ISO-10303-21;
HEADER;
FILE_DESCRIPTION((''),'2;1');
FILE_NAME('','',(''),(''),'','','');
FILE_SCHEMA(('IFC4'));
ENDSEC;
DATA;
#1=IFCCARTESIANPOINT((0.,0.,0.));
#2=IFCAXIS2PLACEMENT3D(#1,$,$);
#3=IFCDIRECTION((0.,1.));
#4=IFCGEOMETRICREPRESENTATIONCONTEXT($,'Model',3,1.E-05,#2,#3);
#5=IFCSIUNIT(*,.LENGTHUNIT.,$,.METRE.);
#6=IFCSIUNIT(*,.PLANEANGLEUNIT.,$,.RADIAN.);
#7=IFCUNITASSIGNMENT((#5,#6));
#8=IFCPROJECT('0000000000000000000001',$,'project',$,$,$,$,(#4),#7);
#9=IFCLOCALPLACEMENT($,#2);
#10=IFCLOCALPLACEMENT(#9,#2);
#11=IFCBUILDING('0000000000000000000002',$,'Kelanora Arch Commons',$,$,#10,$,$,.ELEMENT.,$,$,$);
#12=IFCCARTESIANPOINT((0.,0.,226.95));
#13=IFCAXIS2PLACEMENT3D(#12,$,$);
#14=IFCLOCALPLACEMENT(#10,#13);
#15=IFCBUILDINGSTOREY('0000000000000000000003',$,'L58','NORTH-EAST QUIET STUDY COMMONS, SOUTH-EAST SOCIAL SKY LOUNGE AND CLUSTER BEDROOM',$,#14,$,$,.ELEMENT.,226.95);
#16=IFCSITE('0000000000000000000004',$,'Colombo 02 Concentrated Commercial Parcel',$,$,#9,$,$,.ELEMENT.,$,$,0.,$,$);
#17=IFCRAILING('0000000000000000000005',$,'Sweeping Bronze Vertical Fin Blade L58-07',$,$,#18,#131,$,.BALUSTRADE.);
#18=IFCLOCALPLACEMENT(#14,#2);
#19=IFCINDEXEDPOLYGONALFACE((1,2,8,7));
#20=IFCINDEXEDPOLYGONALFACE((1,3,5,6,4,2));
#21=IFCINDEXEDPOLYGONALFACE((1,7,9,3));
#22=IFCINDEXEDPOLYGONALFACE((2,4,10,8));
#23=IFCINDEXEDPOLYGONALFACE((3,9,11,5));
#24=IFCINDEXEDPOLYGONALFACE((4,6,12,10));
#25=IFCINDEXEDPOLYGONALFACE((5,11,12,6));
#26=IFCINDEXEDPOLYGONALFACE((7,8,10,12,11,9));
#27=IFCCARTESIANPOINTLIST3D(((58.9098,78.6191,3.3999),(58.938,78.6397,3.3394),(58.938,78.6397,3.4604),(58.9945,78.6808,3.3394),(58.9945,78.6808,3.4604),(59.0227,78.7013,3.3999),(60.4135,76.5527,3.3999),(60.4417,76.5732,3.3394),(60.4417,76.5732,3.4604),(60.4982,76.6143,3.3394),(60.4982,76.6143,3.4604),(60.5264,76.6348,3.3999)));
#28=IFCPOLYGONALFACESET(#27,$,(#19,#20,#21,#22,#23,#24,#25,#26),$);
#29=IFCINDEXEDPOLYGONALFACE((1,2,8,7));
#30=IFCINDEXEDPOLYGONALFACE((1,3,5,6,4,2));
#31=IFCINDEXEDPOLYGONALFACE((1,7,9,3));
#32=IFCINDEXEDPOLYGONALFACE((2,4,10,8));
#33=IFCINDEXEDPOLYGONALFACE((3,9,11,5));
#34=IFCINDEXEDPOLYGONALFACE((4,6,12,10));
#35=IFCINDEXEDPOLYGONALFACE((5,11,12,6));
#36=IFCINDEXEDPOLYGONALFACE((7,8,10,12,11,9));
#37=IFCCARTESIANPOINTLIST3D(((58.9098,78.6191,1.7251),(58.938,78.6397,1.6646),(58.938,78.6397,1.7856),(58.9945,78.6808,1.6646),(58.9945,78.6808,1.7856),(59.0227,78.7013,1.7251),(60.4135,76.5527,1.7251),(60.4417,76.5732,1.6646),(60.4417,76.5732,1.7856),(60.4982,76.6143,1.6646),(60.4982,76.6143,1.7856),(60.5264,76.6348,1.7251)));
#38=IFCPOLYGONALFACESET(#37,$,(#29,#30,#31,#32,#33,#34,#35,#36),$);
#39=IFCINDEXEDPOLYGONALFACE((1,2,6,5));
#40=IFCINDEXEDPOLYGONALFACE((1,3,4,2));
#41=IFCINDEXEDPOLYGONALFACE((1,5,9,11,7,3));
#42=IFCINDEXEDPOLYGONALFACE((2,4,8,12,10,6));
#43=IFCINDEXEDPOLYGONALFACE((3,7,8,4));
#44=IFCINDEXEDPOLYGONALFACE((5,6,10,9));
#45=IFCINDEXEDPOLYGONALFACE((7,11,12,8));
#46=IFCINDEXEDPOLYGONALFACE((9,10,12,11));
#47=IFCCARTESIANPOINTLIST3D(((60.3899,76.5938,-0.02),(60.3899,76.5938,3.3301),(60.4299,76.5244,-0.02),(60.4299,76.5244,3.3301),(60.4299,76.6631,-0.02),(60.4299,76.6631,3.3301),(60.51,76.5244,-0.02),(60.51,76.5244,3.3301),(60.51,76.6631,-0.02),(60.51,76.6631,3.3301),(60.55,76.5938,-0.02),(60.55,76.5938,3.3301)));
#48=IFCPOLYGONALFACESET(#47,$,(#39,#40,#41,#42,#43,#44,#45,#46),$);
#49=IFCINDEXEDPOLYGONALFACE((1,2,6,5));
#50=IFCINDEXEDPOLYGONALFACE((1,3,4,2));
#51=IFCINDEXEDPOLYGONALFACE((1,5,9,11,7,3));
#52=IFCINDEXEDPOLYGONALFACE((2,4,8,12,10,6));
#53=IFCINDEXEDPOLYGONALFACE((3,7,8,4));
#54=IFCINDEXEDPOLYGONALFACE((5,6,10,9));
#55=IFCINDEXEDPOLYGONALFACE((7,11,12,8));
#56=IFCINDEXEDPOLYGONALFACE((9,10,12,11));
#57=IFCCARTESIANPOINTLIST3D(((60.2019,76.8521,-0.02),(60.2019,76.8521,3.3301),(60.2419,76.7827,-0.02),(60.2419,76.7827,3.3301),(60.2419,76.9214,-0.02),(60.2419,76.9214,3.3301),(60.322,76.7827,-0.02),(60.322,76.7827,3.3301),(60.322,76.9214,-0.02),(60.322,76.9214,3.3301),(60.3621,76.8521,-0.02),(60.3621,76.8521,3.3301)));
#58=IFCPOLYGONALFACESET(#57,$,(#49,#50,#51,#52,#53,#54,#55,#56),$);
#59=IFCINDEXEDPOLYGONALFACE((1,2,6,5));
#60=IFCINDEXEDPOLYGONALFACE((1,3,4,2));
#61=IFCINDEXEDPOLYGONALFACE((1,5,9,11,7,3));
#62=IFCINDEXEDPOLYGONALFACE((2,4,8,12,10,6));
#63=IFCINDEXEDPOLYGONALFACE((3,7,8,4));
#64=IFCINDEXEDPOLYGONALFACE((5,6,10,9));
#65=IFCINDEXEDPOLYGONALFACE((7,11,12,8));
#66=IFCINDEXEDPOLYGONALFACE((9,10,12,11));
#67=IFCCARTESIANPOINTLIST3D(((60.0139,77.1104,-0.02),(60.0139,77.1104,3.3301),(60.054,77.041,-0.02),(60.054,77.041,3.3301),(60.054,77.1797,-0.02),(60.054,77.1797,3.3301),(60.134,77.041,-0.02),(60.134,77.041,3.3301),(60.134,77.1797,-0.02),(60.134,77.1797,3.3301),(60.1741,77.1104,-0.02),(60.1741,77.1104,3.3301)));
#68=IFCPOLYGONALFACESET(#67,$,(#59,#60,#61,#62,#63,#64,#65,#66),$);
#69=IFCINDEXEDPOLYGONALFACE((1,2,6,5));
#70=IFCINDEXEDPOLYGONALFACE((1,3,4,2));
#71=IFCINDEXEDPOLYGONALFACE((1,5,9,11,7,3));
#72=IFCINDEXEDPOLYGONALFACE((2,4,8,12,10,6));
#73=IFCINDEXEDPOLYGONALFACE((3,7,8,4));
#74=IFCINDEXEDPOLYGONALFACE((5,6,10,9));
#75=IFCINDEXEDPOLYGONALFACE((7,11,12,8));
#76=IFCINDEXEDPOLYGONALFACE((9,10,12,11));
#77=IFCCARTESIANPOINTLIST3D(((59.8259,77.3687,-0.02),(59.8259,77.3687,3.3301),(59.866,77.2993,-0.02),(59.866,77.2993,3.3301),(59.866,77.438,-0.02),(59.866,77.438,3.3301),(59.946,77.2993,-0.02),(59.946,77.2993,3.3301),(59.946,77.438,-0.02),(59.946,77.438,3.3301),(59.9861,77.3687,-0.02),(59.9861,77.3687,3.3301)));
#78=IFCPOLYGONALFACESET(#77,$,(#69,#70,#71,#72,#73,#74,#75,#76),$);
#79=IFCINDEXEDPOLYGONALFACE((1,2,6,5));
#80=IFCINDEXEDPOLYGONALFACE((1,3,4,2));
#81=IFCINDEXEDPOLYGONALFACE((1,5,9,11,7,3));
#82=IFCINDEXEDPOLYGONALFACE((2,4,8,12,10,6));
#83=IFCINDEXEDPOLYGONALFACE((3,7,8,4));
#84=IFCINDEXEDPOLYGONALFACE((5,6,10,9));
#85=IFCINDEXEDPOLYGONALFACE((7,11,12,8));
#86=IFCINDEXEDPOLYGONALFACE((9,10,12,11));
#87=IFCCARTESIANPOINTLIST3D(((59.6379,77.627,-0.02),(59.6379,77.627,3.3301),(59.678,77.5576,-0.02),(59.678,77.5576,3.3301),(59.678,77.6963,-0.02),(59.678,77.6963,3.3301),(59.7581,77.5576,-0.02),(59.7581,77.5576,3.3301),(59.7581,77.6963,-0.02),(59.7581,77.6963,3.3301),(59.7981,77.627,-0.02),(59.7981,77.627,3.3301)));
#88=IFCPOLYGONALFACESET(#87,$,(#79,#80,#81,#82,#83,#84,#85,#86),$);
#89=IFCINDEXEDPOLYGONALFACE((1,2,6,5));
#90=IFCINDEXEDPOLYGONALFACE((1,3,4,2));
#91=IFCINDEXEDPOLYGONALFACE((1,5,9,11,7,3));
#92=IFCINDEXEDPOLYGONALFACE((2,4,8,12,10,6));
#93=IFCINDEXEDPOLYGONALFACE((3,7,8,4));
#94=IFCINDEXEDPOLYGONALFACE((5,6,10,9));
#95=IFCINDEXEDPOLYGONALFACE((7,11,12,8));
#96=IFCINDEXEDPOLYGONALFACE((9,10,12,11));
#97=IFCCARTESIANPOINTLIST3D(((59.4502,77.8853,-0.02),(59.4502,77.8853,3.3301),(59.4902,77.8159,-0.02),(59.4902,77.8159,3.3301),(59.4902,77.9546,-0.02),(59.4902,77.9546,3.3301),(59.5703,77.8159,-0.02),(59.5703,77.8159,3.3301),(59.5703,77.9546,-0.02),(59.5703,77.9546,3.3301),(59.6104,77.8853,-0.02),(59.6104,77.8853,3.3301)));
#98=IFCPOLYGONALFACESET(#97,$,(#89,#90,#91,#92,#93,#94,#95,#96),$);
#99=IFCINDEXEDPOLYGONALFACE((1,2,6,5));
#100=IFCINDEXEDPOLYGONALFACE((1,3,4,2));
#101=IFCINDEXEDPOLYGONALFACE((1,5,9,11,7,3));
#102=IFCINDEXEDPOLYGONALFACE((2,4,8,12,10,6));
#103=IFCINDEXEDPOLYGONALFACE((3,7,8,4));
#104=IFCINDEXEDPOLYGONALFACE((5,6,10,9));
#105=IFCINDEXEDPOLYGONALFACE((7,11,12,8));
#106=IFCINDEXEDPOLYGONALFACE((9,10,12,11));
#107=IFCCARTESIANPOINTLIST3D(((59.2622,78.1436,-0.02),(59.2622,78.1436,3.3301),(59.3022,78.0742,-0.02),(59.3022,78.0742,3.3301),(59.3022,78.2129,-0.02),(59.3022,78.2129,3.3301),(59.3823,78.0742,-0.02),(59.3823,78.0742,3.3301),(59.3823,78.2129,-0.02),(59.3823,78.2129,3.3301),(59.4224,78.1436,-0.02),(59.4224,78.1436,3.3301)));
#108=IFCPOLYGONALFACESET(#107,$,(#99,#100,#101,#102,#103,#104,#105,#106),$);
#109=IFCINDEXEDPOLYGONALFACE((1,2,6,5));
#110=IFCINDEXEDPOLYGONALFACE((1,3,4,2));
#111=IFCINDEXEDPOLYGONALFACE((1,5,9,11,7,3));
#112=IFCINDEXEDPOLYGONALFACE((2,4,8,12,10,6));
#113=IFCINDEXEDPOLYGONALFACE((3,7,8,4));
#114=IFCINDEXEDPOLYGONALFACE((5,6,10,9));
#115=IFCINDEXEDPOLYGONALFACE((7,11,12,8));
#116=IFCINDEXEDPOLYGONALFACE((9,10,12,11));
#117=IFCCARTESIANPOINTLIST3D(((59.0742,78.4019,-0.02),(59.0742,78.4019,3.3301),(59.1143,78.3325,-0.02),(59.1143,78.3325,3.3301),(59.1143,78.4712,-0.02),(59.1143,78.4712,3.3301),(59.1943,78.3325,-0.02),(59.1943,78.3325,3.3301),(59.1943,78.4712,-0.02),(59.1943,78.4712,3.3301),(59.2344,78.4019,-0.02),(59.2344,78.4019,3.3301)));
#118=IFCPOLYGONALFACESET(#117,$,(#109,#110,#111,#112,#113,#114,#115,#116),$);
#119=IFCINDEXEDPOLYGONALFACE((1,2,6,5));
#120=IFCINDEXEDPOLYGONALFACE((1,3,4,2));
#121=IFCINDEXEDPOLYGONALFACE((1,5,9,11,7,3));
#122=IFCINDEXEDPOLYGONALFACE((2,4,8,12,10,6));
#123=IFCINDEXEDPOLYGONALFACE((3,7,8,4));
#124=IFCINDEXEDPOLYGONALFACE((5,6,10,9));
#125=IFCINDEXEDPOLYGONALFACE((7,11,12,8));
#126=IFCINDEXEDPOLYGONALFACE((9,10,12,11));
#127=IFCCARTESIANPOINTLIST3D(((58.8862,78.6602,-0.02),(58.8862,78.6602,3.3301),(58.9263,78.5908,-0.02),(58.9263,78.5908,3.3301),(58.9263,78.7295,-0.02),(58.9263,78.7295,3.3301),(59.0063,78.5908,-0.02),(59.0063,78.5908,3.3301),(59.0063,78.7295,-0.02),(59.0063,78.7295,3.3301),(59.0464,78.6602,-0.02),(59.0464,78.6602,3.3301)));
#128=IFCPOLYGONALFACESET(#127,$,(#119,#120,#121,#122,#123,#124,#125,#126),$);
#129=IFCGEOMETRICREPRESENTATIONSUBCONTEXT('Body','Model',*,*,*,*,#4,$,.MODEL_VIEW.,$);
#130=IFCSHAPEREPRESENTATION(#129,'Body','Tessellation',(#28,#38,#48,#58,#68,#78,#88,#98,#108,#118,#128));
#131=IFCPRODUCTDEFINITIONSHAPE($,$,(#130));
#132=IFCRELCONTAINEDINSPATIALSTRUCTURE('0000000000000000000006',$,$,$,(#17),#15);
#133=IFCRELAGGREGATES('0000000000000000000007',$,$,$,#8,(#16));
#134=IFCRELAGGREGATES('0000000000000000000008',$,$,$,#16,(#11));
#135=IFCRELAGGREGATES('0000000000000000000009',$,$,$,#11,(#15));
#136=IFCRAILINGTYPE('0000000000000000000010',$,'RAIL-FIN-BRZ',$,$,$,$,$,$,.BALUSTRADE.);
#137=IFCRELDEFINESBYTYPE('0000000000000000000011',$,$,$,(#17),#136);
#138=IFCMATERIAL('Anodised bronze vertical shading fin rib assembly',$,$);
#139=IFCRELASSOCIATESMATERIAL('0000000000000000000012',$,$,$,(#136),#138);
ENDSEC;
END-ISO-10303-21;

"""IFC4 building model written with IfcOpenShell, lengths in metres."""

from ifc_helpers import new_model, si_unit, direction, frame, origin, place, context, subcontext, project, spatial, polyline, outline, extrude, material, type_object, element, save


model = new_model("IFC4")

# Units and contexts
model_context = context("Model", 3, precision=1e-05, world=origin(), true_north=direction((0.0, 1.0)))
body_context = subcontext(model_context, "Body", "Model", "MODEL_VIEW")
ifc_project = project(units=[si_unit("LENGTHUNIT", "METRE"), si_unit("PLANEANGLEUNIT", "RADIAN")], contexts=[model_context])

# Site, building, storey
site_placement = place(None, origin())
site = spatial("IfcSite", under=ifc_project, at=site_placement, Name="Colombo 02 Concentrated Commercial Parcel", CompositionType="ELEMENT", RefElevation=0.0)
building_placement = place(site_placement, origin())
building = spatial("IfcBuilding", under=site, at=building_placement, Name="Kelanora Arch Commons", CompositionType="ELEMENT")
storey_placement = place(building_placement, frame((0.0, 0.0, 226.95)))
storey = spatial("IfcBuildingStorey", under=building, at=storey_placement, Name="L58", Description="NORTH-EAST QUIET STUDY COMMONS, SOUTH-EAST SOCIAL SKY LOUNGE AND CLUSTER BEDROOM", CompositionType="ELEMENT", Elevation=226.95)

# Railing
ifc_material_1 = material(Name="Anodised bronze vertical shading fin rib assembly")
railing_type = type_object("IfcRailingType", Name="RAIL-FIN-BRZ", PredefinedType="BALUSTRADE", material=ifc_material_1)
railing_1_placement = place(storey_placement, frame((60.47, 76.5938, -0.02)))
element("IfcRailing", 1, at=railing_1_placement, inside=storey, type_object=railing_type, Name="Sweeping Bronze Vertical Fin Blade L58-07", PredefinedType="BALUSTRADE", context=body_context, shape_type="SweptSolid", body=[
    extrude(outline(polyline([(0.0698, 0.0), (0.0349, 0.0605), (-0.0349, 0.0605), (-0.0698, 0.0), (-0.0349, -0.0605), (0.0349, -0.0605), (0.0698, 0.0)])), frame((0.0, 0.0, 3.4199), z_axis=(-0.588382, 0.808583, 0.0), x_axis=(-0.808583, -0.588382, 0.0)), (0.0, 0.0, 1.0), 2.5557),
    extrude(outline(polyline([(0.0698, 0.0), (0.0349, 0.0605), (-0.0349, 0.0605), (-0.0698, 0.0), (-0.0349, -0.0605), (0.0349, -0.0605), (0.0698, 0.0)])), frame((0.0, 0.0, 1.7451), z_axis=(-0.588382, 0.808583, 0.0), x_axis=(-0.808583, -0.588382, 0.0)), (0.0, 0.0, 1.0), 2.5557),
    extrude(outline(polyline([(0.0801, 0.0), (0.04, 0.0693), (-0.04, 0.0693), (-0.0801, 0.0), (-0.04, -0.0693), (0.04, -0.0693), (0.0801, 0.0)])), origin(), (0.0, 0.0, 1.0), 3.3501),
    extrude(outline(polyline([(0.0801, 0.0), (0.04, 0.0693), (-0.04, 0.0693), (-0.0801, 0.0), (-0.04, -0.0693), (0.04, -0.0693), (0.0801, 0.0)])), frame((-0.188, 0.2583, 0.0)), (0.0, 0.0, 1.0), 3.3501),
    extrude(outline(polyline([(0.0801, 0.0), (0.04, 0.0693), (-0.04, 0.0693), (-0.0801, 0.0), (-0.04, -0.0693), (0.04, -0.0693), (0.0801, 0.0)])), frame((-0.376, 0.5166, 0.0)), (0.0, 0.0, 1.0), 3.3501),
    extrude(outline(polyline([(0.0801, 0.0), (0.04, 0.0693), (-0.04, 0.0693), (-0.0801, 0.0), (-0.04, -0.0693), (0.04, -0.0693), (0.0801, 0.0)])), frame((-0.564, 0.7749, 0.0)), (0.0, 0.0, 1.0), 3.3501),
    extrude(outline(polyline([(0.0801, 0.0), (0.04, 0.0693), (-0.04, 0.0693), (-0.0801, 0.0), (-0.04, -0.0693), (0.04, -0.0693), (0.0801, 0.0)])), frame((-0.752, 1.0332, 0.0)), (0.0, 0.0, 1.0), 3.3501),
    extrude(outline(polyline([(0.0801, 0.0), (0.04, 0.0693), (-0.04, 0.0693), (-0.0801, 0.0), (-0.04, -0.0693), (0.04, -0.0693), (0.0801, 0.0)])), frame((-0.9397, 1.2915, 0.0)), (0.0, 0.0, 1.0), 3.3501),
    extrude(outline(polyline([(0.0801, 0.0), (0.04, 0.0693), (-0.04, 0.0693), (-0.0801, 0.0), (-0.04, -0.0693), (0.04, -0.0693), (0.0801, 0.0)])), frame((-1.1277, 1.5498, 0.0)), (0.0, 0.0, 1.0), 3.3501),
    extrude(outline(polyline([(0.0801, 0.0), (0.04, 0.0693), (-0.04, 0.0693), (-0.0801, 0.0), (-0.04, -0.0693), (0.04, -0.0693), (0.0801, 0.0)])), frame((-1.3157, 1.8081, 0.0)), (0.0, 0.0, 1.0), 3.3501),
    extrude(outline(polyline([(0.0801, 0.0), (0.04, 0.0693), (-0.04, 0.0693), (-0.0801, 0.0), (-0.04, -0.0693), (0.04, -0.0693), (0.0801, 0.0)])), frame((-1.5037, 2.0664, 0.0)), (0.0, 0.0, 1.0), 3.3501),
])

save(model, "model.ifc")
